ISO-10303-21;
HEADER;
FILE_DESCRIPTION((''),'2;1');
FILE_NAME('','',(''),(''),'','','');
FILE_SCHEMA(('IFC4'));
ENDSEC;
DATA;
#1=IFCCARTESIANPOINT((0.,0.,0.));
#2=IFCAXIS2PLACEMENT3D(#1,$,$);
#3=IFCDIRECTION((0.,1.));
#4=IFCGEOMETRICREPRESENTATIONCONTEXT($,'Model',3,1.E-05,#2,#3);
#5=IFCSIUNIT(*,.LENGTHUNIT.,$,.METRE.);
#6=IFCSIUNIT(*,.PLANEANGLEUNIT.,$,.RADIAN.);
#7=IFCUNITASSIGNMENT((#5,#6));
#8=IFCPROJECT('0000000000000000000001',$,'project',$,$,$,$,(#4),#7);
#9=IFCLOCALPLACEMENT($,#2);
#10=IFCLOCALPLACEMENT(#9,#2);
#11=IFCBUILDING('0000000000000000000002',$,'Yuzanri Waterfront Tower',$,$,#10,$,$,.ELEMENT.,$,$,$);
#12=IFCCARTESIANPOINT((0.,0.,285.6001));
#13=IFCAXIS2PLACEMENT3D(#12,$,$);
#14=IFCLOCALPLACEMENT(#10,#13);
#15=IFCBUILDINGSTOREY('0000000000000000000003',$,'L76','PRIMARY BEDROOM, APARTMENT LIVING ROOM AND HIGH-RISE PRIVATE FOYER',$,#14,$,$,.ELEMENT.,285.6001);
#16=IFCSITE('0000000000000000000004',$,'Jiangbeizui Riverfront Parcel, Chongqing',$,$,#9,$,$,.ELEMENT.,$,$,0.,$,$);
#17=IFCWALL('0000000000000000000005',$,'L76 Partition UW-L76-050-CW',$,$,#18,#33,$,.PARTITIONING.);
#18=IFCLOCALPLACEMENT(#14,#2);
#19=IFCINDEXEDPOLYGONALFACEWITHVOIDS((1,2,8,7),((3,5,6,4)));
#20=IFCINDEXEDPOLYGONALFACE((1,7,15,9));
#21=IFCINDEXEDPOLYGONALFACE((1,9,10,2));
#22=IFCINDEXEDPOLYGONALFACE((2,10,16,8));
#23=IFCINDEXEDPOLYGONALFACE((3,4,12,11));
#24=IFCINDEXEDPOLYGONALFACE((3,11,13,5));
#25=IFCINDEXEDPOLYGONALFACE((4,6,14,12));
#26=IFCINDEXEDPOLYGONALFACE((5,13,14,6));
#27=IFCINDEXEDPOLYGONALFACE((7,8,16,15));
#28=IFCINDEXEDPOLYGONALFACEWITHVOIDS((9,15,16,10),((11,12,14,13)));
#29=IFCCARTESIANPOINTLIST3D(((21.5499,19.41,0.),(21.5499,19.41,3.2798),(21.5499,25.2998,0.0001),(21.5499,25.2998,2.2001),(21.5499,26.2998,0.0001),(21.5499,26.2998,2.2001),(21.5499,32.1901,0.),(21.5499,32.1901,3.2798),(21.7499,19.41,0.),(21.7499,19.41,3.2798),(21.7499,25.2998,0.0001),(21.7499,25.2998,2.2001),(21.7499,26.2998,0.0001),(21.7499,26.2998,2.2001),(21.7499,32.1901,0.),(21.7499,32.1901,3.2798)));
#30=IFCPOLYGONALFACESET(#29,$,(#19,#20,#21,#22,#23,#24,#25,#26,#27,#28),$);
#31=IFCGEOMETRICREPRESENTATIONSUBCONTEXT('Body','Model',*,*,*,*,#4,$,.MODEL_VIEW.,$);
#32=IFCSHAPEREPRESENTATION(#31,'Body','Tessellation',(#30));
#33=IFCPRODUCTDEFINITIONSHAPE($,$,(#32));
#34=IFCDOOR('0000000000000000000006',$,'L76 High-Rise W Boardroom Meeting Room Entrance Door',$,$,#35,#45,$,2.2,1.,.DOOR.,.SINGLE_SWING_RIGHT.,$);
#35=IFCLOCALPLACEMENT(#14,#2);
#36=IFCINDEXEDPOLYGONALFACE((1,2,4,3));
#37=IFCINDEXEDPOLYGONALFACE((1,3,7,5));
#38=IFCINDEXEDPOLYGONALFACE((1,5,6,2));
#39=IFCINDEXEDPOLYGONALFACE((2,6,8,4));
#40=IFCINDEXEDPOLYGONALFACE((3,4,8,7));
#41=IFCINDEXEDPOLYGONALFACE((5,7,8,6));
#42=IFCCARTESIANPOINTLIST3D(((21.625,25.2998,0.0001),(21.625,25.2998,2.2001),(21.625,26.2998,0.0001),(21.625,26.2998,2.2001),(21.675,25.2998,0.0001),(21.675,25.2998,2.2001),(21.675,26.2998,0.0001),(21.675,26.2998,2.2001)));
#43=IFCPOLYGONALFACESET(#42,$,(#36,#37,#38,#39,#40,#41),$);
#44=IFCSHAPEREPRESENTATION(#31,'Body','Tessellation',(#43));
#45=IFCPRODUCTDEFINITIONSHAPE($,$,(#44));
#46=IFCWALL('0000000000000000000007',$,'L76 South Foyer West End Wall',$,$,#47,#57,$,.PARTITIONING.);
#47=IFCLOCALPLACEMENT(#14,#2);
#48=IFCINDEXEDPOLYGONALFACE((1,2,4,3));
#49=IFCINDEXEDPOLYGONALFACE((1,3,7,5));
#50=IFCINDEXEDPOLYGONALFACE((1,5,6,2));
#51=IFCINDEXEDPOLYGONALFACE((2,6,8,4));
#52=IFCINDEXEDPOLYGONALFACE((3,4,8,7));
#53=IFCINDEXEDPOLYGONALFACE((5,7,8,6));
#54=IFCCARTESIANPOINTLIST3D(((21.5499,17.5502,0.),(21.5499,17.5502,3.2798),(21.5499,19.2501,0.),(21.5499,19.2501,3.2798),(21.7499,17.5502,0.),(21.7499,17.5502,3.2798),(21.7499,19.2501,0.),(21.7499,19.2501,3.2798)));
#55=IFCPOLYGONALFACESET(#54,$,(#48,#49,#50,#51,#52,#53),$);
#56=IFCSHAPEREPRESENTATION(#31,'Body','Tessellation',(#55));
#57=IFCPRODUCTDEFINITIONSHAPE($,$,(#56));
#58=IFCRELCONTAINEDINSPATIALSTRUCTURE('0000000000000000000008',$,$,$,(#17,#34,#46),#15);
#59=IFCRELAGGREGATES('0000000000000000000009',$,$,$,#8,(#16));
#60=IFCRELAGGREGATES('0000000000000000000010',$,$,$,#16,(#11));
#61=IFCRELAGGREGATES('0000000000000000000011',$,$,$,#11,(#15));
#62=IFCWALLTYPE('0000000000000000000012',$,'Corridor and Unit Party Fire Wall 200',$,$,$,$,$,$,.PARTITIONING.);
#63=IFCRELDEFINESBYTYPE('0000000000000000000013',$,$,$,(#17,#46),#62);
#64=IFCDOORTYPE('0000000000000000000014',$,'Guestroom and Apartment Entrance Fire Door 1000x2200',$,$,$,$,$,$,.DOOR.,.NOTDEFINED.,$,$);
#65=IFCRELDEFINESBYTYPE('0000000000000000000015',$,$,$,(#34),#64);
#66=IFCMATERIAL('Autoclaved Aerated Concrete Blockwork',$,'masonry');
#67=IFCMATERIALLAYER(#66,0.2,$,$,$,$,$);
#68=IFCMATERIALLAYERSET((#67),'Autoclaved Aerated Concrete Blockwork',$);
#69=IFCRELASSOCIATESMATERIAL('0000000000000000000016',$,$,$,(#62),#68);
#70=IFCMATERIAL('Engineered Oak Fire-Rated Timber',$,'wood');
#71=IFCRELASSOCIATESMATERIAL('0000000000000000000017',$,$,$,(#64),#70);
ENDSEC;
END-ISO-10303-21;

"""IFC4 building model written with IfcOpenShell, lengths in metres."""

from ifc_helpers import new_model, si_unit, direction, frame, frame_2d, origin, place, context, subcontext, project, spatial, rectangle, extrude, source, transform, mapped, material, layer, layer_set, type_object, element, fill, save


model = new_model("IFC4")

# Units and contexts
model_context = context("Model", 3, precision=1e-05, world=origin(), true_north=direction((0.0, 1.0)))
body_context = subcontext(model_context, "Body", "Model", "MODEL_VIEW")
ifc_project = project(units=[si_unit("LENGTHUNIT", "METRE"), si_unit("PLANEANGLEUNIT", "RADIAN")], contexts=[model_context])

# Site, building, storey
site_placement = place(None, origin())
site = spatial("IfcSite", under=ifc_project, at=site_placement, Name="Jiangbeizui Riverfront Parcel, Chongqing", CompositionType="ELEMENT", RefElevation=0.0)
building_placement = place(site_placement, origin())
building = spatial("IfcBuilding", under=site, at=building_placement, Name="Yuzanri Waterfront Tower", CompositionType="ELEMENT")
storey_placement = place(building_placement, frame((0.0, 0.0, 285.6001)))
storey = spatial("IfcBuildingStorey", under=building, at=storey_placement, Name="L76", Description="PRIMARY BEDROOM, APARTMENT LIVING ROOM AND HIGH-RISE PRIVATE FOYER", CompositionType="ELEMENT", Elevation=285.6001)

# Wall, opening, door
ifc_material_1 = material(Name="Autoclaved Aerated Concrete Blockwork", Category="masonry")
ifc_layer_1 = layer(ifc_material_1, 0.2)
ifc_layer_set_1 = layer_set([ifc_layer_1], Name="Autoclaved Aerated Concrete Blockwork")
wall_type_1 = type_object("IfcWallType", Name="Corridor and Unit Party Fire Wall 200", PredefinedType="PARTITIONING", material=ifc_layer_set_1)
ifc_material_2 = material(Name="Engineered Oak Fire-Rated Timber", Category="wood")
door_type_1 = type_object("IfcDoorType", Name="Guestroom and Apartment Entrance Fire Door 1000x2200", OperationType="NOTDEFINED", PredefinedType="DOOR", material=ifc_material_2)
shared_shape_1 = source(origin(), body_context, "Body", "SweptSolid", [
    extrude(rectangle(XDim=1.0, YDim=2.2, at=frame_2d((0.5, 1.1001))), frame((0.0, 0.0249, 0.0), z_axis=(0.0, -1.0, 0.0), x_axis=(1.0, 0.0, 0.0)), (0.0, 0.0, 1.0), 0.05),
])
wall_1_placement = place(storey_placement, frame((21.6499, 19.4099, 0.0), z_axis=(0.0, 0.0, 1.0), x_axis=(0.0, 1.0, 0.0)))
wall_1 = element("IfcWall", 1, at=wall_1_placement, inside=storey, type_object=wall_type_1, Name="L76 Partition UW-L76-050-CW", PredefinedType="PARTITIONING", context=body_context, shape_type="SweptSolid", body=[
    extrude(rectangle(XDim=12.78, YDim=0.2, at=frame_2d((6.3901, 0.0))), origin(), (0.0, 0.0, 1.0), 3.2798),
])
opening_1_placement = place(wall_1_placement, frame((5.8899, 0.0, 0.0)))
opening_1 = element("IfcOpeningElement", 2, at=opening_1_placement, cuts=wall_1, PredefinedType="OPENING", context=body_context, shape_type="SweptSolid", body=[
    extrude(rectangle(XDim=1.0, YDim=2.2, at=frame_2d((0.5, 1.1001))), frame((0.0, 0.1147, 0.0), z_axis=(0.0, -1.0, 0.0), x_axis=(1.0, 0.0, 0.0)), (0.0, 0.0, 1.0), 0.2297),
])
door_1_placement = place(opening_1_placement, origin())
door_1 = element("IfcDoor", 3, at=door_1_placement, inside=storey, type_object=door_type_1, Name="L76 High-Rise W Boardroom Meeting Room Entrance Door", OperationType="SINGLE_SWING_RIGHT", OverallHeight=2.2, OverallWidth=1.0, PredefinedType="DOOR", context=body_context, shape_type="MappedRepresentation", body=[
    mapped(shared_shape_1, transform((0.0, 0.0, 0.0), scale=1.0)),
])
fill(opening_1, door_1)

# Wall
shared_shape_2 = source(origin(), body_context, "Body", "SweptSolid", [
    extrude(rectangle(XDim=1.7, YDim=0.2, at=frame_2d((0.8501, 0.0))), origin(), (0.0, 0.0, 1.0), 3.2798),
])
wall_2_placement = place(storey_placement, frame((21.6499, 17.55, 0.0), z_axis=(0.0, 0.0, 1.0), x_axis=(0.0, 1.0, 0.0)))
element("IfcWall", 4, at=wall_2_placement, inside=storey, type_object=wall_type_1, Name="L76 South Foyer West End Wall", PredefinedType="PARTITIONING", context=body_context, shape_type="MappedRepresentation", body=[
    mapped(shared_shape_2, transform((0.0, 0.0, 0.0), scale=1.0)),
])

save(model, "model.ifc")
